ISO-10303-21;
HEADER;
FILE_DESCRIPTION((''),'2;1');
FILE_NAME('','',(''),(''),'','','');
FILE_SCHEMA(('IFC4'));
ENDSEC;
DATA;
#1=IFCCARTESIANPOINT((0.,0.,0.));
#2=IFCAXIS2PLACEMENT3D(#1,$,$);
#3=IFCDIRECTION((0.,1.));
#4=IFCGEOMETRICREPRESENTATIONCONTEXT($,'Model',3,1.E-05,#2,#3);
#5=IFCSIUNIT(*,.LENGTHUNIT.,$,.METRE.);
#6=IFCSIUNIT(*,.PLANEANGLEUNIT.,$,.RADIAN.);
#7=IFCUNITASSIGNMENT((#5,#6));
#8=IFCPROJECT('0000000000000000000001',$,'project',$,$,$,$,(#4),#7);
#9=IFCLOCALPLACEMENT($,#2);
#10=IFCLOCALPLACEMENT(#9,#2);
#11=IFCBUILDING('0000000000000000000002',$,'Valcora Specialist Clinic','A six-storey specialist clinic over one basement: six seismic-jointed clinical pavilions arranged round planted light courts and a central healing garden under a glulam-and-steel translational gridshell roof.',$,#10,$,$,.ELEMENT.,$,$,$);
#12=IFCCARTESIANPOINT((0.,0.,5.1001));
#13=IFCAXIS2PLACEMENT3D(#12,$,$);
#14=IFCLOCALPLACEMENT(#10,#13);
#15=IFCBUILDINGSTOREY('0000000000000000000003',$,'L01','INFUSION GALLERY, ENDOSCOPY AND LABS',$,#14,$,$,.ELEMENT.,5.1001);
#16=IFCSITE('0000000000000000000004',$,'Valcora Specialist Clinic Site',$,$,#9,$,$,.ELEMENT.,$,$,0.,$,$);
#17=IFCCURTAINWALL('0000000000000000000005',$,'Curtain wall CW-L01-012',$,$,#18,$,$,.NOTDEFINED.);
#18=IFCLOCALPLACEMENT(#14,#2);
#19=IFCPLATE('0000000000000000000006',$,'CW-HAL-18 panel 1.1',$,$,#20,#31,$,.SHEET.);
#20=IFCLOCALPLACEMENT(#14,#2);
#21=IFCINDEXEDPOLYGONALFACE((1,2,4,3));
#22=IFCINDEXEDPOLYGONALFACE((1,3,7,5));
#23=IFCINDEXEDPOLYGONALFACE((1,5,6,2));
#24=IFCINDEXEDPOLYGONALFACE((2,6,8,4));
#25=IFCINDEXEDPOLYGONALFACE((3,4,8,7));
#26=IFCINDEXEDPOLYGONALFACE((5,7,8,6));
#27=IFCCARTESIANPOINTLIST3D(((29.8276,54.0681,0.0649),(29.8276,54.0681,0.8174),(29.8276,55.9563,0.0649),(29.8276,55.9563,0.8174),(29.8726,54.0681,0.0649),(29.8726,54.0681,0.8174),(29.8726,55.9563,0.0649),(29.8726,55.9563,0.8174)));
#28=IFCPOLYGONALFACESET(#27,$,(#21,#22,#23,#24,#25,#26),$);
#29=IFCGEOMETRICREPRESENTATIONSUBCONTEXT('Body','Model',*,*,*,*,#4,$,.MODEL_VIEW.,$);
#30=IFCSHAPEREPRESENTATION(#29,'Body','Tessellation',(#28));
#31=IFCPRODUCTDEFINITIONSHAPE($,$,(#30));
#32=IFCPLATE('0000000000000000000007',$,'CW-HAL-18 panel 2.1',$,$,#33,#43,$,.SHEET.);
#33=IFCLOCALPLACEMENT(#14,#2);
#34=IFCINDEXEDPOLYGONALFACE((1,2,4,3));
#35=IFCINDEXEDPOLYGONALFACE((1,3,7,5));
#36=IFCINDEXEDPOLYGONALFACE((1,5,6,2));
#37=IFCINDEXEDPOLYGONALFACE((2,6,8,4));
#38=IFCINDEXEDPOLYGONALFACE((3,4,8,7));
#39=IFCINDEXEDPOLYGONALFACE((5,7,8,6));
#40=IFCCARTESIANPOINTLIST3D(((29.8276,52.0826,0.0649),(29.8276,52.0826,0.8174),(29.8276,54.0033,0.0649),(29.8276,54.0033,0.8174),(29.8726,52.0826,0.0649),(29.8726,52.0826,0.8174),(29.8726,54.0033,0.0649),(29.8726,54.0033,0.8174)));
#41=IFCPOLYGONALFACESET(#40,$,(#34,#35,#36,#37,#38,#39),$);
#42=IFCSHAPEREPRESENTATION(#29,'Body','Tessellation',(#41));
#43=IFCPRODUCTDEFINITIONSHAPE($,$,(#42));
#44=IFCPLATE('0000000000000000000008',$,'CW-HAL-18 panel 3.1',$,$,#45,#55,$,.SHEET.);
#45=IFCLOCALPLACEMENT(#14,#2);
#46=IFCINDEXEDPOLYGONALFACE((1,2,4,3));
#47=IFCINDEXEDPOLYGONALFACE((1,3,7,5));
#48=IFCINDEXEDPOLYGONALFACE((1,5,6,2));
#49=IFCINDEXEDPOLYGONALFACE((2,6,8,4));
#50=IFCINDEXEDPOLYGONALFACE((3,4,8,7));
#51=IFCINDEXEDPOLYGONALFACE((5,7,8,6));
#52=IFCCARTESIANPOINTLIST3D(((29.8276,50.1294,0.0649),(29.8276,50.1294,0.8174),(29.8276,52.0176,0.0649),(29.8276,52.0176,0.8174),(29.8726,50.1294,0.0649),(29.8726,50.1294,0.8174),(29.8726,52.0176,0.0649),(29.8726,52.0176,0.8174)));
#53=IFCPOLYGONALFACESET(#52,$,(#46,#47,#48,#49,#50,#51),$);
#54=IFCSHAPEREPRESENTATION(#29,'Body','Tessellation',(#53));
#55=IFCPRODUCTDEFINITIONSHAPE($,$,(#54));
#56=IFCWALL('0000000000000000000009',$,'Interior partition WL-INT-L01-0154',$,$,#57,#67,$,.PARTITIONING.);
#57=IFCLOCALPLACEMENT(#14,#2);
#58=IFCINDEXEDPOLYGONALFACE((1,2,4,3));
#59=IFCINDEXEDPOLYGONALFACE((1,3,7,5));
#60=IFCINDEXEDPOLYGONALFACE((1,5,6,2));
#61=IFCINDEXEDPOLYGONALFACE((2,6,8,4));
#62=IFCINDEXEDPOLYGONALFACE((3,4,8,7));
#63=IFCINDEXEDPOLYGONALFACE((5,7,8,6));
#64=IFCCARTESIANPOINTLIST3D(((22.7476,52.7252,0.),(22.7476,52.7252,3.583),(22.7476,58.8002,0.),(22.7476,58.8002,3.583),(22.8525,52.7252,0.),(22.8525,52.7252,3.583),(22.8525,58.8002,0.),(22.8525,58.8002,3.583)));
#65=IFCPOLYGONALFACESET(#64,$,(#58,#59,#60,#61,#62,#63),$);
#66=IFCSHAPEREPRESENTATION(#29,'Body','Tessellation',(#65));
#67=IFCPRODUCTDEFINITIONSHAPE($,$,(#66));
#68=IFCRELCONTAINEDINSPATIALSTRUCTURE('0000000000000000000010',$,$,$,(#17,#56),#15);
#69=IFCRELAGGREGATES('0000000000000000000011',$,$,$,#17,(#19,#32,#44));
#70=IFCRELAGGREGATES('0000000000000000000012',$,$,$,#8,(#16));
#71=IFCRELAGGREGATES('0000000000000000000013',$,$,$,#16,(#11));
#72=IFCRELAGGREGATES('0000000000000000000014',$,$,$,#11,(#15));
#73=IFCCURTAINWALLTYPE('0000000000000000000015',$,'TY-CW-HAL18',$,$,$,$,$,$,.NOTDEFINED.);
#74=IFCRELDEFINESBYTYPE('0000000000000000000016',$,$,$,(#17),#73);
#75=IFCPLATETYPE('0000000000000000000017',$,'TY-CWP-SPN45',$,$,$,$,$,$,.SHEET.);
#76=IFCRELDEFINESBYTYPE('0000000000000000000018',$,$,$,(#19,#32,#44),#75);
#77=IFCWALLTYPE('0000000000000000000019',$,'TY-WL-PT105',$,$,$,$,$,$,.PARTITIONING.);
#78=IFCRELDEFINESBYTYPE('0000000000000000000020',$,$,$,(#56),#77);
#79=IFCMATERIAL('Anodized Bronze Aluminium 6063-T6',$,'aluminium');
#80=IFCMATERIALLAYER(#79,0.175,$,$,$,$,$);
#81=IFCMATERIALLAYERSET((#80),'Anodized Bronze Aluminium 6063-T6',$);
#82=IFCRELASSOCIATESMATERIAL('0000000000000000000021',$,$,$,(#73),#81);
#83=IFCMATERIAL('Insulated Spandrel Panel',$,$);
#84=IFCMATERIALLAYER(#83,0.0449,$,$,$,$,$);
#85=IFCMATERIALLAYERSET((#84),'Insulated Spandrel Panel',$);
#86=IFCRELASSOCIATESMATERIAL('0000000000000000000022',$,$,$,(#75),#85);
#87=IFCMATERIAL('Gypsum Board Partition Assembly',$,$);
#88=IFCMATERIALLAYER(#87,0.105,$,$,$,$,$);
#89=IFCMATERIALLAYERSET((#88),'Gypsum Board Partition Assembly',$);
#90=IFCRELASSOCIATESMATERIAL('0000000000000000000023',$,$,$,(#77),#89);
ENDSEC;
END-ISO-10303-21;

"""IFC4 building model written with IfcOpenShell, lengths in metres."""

from ifc_helpers import new_model, si_unit, direction, frame, frame_2d, origin, origin_2d, place, context, subcontext, project, spatial, rectangle, extrude, material, layer, layer_set, type_object, element, aggregate, save


model = new_model("IFC4")

# Units and contexts
model_context = context("Model", 3, precision=1e-05, world=origin(), true_north=direction((0.0, 1.0)))
body_context = subcontext(model_context, "Body", "Model", "MODEL_VIEW")
ifc_project = project(units=[si_unit("LENGTHUNIT", "METRE"), si_unit("PLANEANGLEUNIT", "RADIAN")], contexts=[model_context])

# Site, building, storey
site_placement = place(None, origin())
site = spatial("IfcSite", under=ifc_project, at=site_placement, Name="Valcora Specialist Clinic Site", CompositionType="ELEMENT", RefElevation=0.0)
building_placement = place(site_placement, origin())
building = spatial("IfcBuilding", under=site, at=building_placement, Name="Valcora Specialist Clinic", Description="A six-storey specialist clinic over one basement: six seismic-jointed clinical pavilions arranged round planted light courts and a central healing garden under a glulam-and-steel translational gridshell roof.", CompositionType="ELEMENT")
storey_placement = place(building_placement, frame((0.0, 0.0, 5.1001)))
storey = spatial("IfcBuildingStorey", under=building, at=storey_placement, Name="L01", Description="INFUSION GALLERY, ENDOSCOPY AND LABS", CompositionType="ELEMENT", Elevation=5.1001)

# Curtain wall
ifc_material_1 = material(Name="Anodized Bronze Aluminium 6063-T6", Category="aluminium")
ifc_layer_1 = layer(ifc_material_1, 0.175)
ifc_layer_set_1 = layer_set([ifc_layer_1], Name="Anodized Bronze Aluminium 6063-T6")
curtain_wall_type = type_object("IfcCurtainWallType", Name="TY-CW-HAL18", PredefinedType="NOTDEFINED", material=ifc_layer_set_1)
curtain_wall_1_placement = place(storey_placement, origin())
curtain_wall_1 = element("IfcCurtainWall", 1, at=curtain_wall_1_placement, inside=storey, type_object=curtain_wall_type, Name="Curtain wall CW-L01-012", PredefinedType="NOTDEFINED")

# Plates
ifc_material_2 = material(Name="Insulated Spandrel Panel")
ifc_layer_2 = layer(ifc_material_2, 0.0449)
ifc_layer_set_2 = layer_set([ifc_layer_2], Name="Insulated Spandrel Panel")
plate_type_1 = type_object("IfcPlateType", Name="TY-CWP-SPN45", PredefinedType="SHEET", material=ifc_layer_set_2)
plate_1_placement = place(storey_placement, frame((29.8501, 55.0122, 0.0649), z_axis=(0.0, 0.0, 1.0), x_axis=(0.0, -1.0, 0.0)))
plate_1 = element("IfcPlate", 2, at=plate_1_placement, type_object=plate_type_1, Name="CW-HAL-18 panel 1.1", PredefinedType="SHEET", context=body_context, shape_type="SweptSolid", body=[
    extrude(rectangle(XDim=1.8882, YDim=0.0449, at=origin_2d()), origin(), (0.0, 0.0, 1.0), 0.7524),
])
plate_2_placement = place(storey_placement, frame((29.8501, 53.043, 0.0649), z_axis=(0.0, 0.0, 1.0), x_axis=(0.0, -1.0, 0.0)))
plate_2 = element("IfcPlate", 3, at=plate_2_placement, type_object=plate_type_1, Name="CW-HAL-18 panel 2.1", PredefinedType="SHEET", context=body_context, shape_type="SweptSolid", body=[
    extrude(rectangle(XDim=1.9207, YDim=0.0449, at=origin_2d()), origin(), (0.0, 0.0, 1.0), 0.7524),
])
plate_3_placement = place(storey_placement, frame((29.8501, 51.0735, 0.0649), z_axis=(0.0, 0.0, 1.0), x_axis=(0.0, -1.0, 0.0)))
plate_3 = element("IfcPlate", 4, at=plate_3_placement, type_object=plate_type_1, Name="CW-HAL-18 panel 3.1", PredefinedType="SHEET", context=body_context, shape_type="SweptSolid", body=[
    extrude(rectangle(XDim=1.8882, YDim=0.0449, at=origin_2d()), origin(), (0.0, 0.0, 1.0), 0.7524),
])
aggregate(curtain_wall_1, [plate_1, plate_2, plate_3])

# Wall
ifc_material_3 = material(Name="Gypsum Board Partition Assembly")
ifc_layer_3 = layer(ifc_material_3, 0.105)
ifc_layer_set_3 = layer_set([ifc_layer_3], Name="Gypsum Board Partition Assembly")
wall_type = type_object("IfcWallType", Name="TY-WL-PT105", PredefinedType="PARTITIONING", material=ifc_layer_set_3)
wall_placement = place(storey_placement, frame((22.8, 52.7251, 0.0), z_axis=(0.0, 0.0, 1.0), x_axis=(0.0, 1.0, 0.0)))
element("IfcWall", 5, at=wall_placement, inside=storey, type_object=wall_type, Name="Interior partition WL-INT-L01-0154", PredefinedType="PARTITIONING", context=body_context, shape_type="SweptSolid", body=[
    extrude(rectangle(XDim=6.075, YDim=0.105, at=frame_2d((3.0376, 0.0))), origin(), (0.0, 0.0, 1.0), 3.583),
])

save(model, "model.ifc")
